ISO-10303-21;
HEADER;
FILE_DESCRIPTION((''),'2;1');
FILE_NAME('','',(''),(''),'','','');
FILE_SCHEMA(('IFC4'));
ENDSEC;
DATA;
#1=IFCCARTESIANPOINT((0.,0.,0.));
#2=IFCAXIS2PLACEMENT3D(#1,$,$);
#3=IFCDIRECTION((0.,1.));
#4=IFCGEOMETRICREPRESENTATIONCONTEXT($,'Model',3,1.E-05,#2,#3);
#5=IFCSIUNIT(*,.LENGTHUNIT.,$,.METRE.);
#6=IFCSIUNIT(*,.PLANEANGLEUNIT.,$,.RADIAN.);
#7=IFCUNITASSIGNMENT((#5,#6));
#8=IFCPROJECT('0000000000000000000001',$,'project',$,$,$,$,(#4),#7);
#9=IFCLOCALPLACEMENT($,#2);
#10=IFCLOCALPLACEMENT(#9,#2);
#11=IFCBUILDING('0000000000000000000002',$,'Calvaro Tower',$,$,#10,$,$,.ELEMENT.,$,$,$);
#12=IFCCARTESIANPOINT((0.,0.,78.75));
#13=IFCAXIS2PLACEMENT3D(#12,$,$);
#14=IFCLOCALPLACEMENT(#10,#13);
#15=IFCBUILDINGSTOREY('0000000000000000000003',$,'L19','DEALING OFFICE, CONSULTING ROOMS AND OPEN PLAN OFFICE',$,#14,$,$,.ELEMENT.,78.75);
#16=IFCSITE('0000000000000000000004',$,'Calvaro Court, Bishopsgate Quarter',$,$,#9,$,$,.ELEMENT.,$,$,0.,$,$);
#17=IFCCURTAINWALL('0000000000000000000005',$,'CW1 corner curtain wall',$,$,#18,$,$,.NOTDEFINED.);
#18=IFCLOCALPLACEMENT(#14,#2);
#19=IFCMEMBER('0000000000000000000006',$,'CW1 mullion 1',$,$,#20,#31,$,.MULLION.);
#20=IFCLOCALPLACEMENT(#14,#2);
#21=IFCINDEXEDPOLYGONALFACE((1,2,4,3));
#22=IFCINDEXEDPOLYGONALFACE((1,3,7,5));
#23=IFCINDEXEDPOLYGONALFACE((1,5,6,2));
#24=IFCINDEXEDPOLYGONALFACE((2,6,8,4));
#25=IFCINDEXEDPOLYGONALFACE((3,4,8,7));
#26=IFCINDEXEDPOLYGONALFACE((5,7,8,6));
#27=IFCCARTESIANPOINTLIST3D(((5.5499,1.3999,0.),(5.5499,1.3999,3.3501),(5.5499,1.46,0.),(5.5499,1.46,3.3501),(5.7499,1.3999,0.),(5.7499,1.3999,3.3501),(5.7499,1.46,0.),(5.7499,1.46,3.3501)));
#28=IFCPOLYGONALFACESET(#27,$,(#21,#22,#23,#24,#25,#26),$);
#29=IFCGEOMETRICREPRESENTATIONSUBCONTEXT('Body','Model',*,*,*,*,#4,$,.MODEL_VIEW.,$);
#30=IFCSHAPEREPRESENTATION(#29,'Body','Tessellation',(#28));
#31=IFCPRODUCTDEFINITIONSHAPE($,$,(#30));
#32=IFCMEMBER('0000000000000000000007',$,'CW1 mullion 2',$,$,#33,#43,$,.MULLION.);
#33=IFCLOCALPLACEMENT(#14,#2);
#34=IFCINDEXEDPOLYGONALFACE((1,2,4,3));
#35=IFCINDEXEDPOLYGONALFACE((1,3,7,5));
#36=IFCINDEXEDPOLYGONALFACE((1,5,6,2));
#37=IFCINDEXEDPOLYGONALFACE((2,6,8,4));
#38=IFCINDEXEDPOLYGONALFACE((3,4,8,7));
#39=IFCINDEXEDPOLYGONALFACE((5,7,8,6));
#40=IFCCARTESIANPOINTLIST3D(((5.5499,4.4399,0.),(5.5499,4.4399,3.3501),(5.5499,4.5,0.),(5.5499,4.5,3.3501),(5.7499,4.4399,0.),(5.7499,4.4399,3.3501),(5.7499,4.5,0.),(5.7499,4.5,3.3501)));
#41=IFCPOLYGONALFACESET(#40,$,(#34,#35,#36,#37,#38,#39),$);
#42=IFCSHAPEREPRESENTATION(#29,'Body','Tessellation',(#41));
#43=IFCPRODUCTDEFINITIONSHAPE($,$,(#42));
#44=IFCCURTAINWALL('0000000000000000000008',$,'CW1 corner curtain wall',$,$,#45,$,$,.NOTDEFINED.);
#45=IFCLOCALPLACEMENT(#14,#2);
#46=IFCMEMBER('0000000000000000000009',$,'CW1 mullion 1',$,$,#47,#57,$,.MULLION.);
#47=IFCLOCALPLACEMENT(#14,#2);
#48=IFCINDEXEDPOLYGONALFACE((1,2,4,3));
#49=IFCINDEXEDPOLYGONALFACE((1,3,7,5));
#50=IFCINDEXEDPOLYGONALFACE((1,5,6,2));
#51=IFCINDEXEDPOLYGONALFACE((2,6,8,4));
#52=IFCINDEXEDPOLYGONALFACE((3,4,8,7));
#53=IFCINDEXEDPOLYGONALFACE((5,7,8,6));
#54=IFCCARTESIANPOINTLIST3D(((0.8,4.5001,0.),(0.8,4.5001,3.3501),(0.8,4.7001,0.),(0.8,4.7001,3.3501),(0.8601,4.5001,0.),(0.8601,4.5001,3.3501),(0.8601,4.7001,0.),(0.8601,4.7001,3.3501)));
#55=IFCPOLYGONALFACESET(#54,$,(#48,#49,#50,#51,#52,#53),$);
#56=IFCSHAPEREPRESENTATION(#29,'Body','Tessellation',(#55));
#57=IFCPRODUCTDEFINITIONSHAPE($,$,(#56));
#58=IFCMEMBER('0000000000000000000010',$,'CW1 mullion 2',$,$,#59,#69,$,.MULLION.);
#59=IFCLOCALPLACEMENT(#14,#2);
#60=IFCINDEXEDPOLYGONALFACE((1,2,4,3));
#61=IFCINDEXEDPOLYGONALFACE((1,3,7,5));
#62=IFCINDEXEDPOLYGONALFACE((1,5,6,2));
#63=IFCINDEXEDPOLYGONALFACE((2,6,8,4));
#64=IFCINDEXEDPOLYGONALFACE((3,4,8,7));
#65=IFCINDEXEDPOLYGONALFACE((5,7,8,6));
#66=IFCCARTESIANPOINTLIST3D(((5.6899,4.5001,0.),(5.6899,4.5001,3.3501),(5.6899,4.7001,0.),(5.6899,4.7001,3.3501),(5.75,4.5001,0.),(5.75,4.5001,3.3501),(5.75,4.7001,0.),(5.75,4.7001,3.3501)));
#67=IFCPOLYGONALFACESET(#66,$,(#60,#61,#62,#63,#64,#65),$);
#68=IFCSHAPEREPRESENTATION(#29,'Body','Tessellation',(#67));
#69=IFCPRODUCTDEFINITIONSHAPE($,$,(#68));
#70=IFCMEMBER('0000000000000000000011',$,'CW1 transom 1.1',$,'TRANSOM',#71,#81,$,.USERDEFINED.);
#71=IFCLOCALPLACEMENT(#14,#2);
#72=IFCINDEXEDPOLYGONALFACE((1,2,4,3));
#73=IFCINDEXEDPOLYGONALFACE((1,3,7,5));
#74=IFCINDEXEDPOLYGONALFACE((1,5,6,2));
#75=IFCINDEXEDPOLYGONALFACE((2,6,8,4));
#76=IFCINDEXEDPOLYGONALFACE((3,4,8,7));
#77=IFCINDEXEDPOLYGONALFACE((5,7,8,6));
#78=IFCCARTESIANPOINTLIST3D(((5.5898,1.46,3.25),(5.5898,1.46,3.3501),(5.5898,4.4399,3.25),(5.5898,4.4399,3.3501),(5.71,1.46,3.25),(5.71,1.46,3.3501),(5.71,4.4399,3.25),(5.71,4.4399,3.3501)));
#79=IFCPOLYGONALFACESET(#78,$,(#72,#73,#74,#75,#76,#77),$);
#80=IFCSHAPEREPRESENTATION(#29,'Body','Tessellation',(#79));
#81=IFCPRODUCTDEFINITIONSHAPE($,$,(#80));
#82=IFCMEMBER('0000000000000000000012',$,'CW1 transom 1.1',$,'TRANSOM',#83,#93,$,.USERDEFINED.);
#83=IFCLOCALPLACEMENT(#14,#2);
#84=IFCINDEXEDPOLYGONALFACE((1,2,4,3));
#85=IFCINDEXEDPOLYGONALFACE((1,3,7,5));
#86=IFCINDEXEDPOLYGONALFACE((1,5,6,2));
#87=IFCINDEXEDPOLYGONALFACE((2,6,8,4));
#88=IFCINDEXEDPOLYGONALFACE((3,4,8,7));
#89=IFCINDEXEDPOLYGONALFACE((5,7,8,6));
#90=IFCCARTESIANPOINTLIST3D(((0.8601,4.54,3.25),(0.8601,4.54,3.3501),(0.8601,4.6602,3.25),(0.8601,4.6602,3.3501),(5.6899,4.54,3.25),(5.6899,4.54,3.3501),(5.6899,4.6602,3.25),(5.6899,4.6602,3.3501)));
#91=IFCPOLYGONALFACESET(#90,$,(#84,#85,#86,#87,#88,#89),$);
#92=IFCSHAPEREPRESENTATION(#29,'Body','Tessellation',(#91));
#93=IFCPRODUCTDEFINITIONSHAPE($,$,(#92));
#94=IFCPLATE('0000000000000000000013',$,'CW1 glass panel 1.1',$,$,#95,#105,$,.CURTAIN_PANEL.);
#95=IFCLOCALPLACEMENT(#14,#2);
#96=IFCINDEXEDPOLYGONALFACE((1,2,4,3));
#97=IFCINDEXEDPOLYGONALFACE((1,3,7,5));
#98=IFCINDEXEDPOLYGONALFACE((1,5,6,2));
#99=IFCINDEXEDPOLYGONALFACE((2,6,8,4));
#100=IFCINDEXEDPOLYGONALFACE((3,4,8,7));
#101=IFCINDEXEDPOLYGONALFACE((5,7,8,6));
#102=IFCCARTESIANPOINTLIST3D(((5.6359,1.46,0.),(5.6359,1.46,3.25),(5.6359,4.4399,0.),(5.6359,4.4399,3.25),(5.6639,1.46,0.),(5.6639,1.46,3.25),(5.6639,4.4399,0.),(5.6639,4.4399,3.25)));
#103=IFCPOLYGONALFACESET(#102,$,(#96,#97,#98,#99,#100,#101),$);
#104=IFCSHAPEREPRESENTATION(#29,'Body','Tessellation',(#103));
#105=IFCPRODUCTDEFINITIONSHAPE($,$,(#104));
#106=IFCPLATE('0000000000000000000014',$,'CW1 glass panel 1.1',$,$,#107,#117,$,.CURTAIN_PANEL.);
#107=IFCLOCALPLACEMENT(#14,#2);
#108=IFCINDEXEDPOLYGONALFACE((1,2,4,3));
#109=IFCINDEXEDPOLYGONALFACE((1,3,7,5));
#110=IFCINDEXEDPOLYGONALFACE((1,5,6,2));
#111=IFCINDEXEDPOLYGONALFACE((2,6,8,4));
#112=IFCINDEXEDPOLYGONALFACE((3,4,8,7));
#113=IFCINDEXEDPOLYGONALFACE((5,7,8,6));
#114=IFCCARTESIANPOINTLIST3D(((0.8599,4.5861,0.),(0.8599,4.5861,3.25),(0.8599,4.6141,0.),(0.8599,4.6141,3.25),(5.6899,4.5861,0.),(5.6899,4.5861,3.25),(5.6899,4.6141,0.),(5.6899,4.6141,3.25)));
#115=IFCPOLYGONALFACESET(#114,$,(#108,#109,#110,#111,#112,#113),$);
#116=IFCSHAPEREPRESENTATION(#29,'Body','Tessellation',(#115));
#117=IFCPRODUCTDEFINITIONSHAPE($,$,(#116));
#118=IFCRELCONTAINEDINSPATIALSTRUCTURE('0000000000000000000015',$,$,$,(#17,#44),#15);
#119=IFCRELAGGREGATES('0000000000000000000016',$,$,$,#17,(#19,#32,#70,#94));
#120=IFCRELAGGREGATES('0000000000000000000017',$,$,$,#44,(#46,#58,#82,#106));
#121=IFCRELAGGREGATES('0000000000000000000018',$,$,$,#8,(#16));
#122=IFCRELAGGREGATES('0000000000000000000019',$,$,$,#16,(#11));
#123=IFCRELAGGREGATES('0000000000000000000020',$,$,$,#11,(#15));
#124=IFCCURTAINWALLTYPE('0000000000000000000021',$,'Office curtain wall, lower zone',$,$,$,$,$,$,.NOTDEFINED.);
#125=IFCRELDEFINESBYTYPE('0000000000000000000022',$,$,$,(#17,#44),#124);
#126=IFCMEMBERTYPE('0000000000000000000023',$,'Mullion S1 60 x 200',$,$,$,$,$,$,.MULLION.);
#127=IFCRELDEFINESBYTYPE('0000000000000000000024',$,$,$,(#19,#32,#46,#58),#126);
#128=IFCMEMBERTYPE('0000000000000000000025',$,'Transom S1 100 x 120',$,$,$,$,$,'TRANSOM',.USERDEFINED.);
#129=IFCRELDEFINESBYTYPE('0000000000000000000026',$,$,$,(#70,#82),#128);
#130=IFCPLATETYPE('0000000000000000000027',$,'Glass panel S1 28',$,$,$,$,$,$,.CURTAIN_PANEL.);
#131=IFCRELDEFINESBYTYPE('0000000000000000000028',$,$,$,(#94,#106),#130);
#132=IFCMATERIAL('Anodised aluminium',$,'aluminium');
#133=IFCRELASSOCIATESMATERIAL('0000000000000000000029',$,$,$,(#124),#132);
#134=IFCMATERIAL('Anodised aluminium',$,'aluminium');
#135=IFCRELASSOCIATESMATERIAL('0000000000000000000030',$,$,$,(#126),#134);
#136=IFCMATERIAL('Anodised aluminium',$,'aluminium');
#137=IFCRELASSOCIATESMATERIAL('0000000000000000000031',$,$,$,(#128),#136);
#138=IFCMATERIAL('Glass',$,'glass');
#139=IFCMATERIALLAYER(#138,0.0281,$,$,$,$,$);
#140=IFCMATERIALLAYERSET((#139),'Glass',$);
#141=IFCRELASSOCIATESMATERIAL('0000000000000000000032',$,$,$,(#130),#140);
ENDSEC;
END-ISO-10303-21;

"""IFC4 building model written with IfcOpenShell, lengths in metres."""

from ifc_helpers import new_model, si_unit, direction, frame, origin, origin_2d, place, context, subcontext, project, spatial, rectangle, extrude, material, layer, layer_set, material_profile, profile_set, type_object, element, aggregate, save


model = new_model("IFC4")

# Units and contexts
model_context = context("Model", 3, precision=1e-05, world=origin(), true_north=direction((0.0, 1.0)))
body_context = subcontext(model_context, "Body", "Model", "MODEL_VIEW")
ifc_project = project(units=[si_unit("LENGTHUNIT", "METRE"), si_unit("PLANEANGLEUNIT", "RADIAN")], contexts=[model_context])

# Site, building, storey
site_placement = place(None, origin())
site = spatial("IfcSite", under=ifc_project, at=site_placement, Name="Calvaro Court, Bishopsgate Quarter", CompositionType="ELEMENT", RefElevation=0.0)
building_placement = place(site_placement, origin())
building = spatial("IfcBuilding", under=site, at=building_placement, Name="Calvaro Tower", CompositionType="ELEMENT")
storey_placement = place(building_placement, frame((0.0, 0.0, 78.75)))
storey = spatial("IfcBuildingStorey", under=building, at=storey_placement, Name="L19", Description="DEALING OFFICE, CONSULTING ROOMS AND OPEN PLAN OFFICE", CompositionType="ELEMENT", Elevation=78.75)

# Curtain walls, members
ifc_material_1 = material(Name="Anodised aluminium", Category="aluminium")
curtain_wall_type = type_object("IfcCurtainWallType", Name="Office curtain wall, lower zone", PredefinedType="NOTDEFINED", material=ifc_material_1)
curtain_wall_1_placement = place(storey_placement, origin())
curtain_wall_1 = element("IfcCurtainWall", 1, at=curtain_wall_1_placement, inside=storey, type_object=curtain_wall_type, Name="CW1 corner curtain wall", PredefinedType="NOTDEFINED")
ifc_material_2 = material(Name="Anodised aluminium", Category="aluminium")
ifc_material_profile_1 = material_profile(ifc_material_2, rectangle(XDim=0.2, YDim=0.0601, at=origin_2d()), Name="Mullion S1 60 x 200")
ifc_profile_set_1 = profile_set([ifc_material_profile_1], Name="Anodised aluminium")
member_type_1 = type_object("IfcMemberType", Name="Mullion S1 60 x 200", PredefinedType="MULLION", material=ifc_profile_set_1)
member_1_placement = place(storey_placement, frame((5.6499, 1.4299, 0.0), z_axis=(0.0, 0.0, 1.0), x_axis=(-1.0, 0.0, 0.0)))
member_1 = element("IfcMember", 2, at=member_1_placement, type_object=member_type_1, Name="CW1 mullion 1", PredefinedType="MULLION", context=body_context, shape_type="SweptSolid", body=[
    extrude(rectangle(XDim=0.2, YDim=0.0601, at=origin_2d()), origin(), (0.0, 0.0, 1.0), 3.3501),
])
member_2_placement = place(storey_placement, frame((5.6499, 4.47, 0.0), z_axis=(0.0, 0.0, 1.0), x_axis=(-1.0, 0.0, 0.0)))
member_2 = element("IfcMember", 3, at=member_2_placement, type_object=member_type_1, Name="CW1 mullion 2", PredefinedType="MULLION", context=body_context, shape_type="SweptSolid", body=[
    extrude(rectangle(XDim=0.2, YDim=0.0601, at=origin_2d()), origin(), (0.0, 0.0, 1.0), 3.3501),
])
curtain_wall_2_placement = place(storey_placement, origin())
curtain_wall_2 = element("IfcCurtainWall", 4, at=curtain_wall_2_placement, inside=storey, type_object=curtain_wall_type, Name="CW1 corner curtain wall", PredefinedType="NOTDEFINED")
member_3_placement = place(storey_placement, frame((0.8301, 4.6001, 0.0), z_axis=(0.0, 0.0, 1.0), x_axis=(0.0, 1.0, 0.0)))
member_3 = element("IfcMember", 5, at=member_3_placement, type_object=member_type_1, Name="CW1 mullion 1", PredefinedType="MULLION", context=body_context, shape_type="SweptSolid", body=[
    extrude(rectangle(XDim=0.2, YDim=0.0601, at=origin_2d()), origin(), (0.0, 0.0, 1.0), 3.3501),
])
member_4_placement = place(storey_placement, frame((5.72, 4.6001, 0.0), z_axis=(0.0, 0.0, 1.0), x_axis=(0.0, 1.0, 0.0)))
member_4 = element("IfcMember", 6, at=member_4_placement, type_object=member_type_1, Name="CW1 mullion 2", PredefinedType="MULLION", context=body_context, shape_type="SweptSolid", body=[
    extrude(rectangle(XDim=0.2, YDim=0.0601, at=origin_2d()), origin(), (0.0, 0.0, 1.0), 3.3501),
])

# Members
ifc_material_3 = material(Name="Anodised aluminium", Category="aluminium")
ifc_material_profile_2 = material_profile(ifc_material_3, rectangle(XDim=0.1201, YDim=0.1001, at=origin_2d()), Name="Transom S1 100 x 120")
ifc_profile_set_2 = profile_set([ifc_material_profile_2], Name="Anodised aluminium")
member_type_2 = type_object("IfcMemberType", Name="Transom S1 100 x 120", ElementType="TRANSOM", PredefinedType="USERDEFINED", material=ifc_profile_set_2)
member_5_placement = place(storey_placement, frame((5.6499, 1.46, 3.3), z_axis=(0.0, 1.0, 0.0), x_axis=(-1.0, 0.0, 0.0)))
member_5 = element("IfcMember", 7, at=member_5_placement, type_object=member_type_2, Name="CW1 transom 1.1", ObjectType="TRANSOM", PredefinedType="USERDEFINED", context=body_context, shape_type="SweptSolid", body=[
    extrude(rectangle(XDim=0.1201, YDim=0.1001, at=origin_2d()), origin(), (0.0, 0.0, 1.0), 2.98),
])
member_6_placement = place(storey_placement, frame((0.8601, 4.6001, 3.3), z_axis=(1.0, 0.0, 0.0), x_axis=(0.0, 1.0, 0.0)))
member_6 = element("IfcMember", 8, at=member_6_placement, type_object=member_type_2, Name="CW1 transom 1.1", ObjectType="TRANSOM", PredefinedType="USERDEFINED", context=body_context, shape_type="SweptSolid", body=[
    extrude(rectangle(XDim=0.1201, YDim=0.1001, at=origin_2d()), origin(), (0.0, 0.0, 1.0), 4.8298),
])

# Plates
ifc_material_4 = material(Name="Glass", Category="glass")
ifc_layer_1 = layer(ifc_material_4, 0.0281)
ifc_layer_set_1 = layer_set([ifc_layer_1], Name="Glass")
plate_type = type_object("IfcPlateType", Name="Glass panel S1 28", PredefinedType="CURTAIN_PANEL", material=ifc_layer_set_1)
plate_1_placement = place(storey_placement, frame((5.6499, 2.95, 0.0), z_axis=(0.0, 0.0, 1.0), x_axis=(0.0, 1.0, 0.0)))
plate_1 = element("IfcPlate", 9, at=plate_1_placement, type_object=plate_type, Name="CW1 glass panel 1.1", PredefinedType="CURTAIN_PANEL", context=body_context, shape_type="SweptSolid", body=[
    extrude(rectangle(XDim=2.98, YDim=0.0281, at=origin_2d()), origin(), (0.0, 0.0, 1.0), 3.25),
])
aggregate(curtain_wall_1, [member_1, member_2, member_5, plate_1])
plate_2_placement = place(storey_placement, frame((3.2749, 4.6001, 0.0), z_axis=(0.0, 0.0, 1.0), x_axis=(1.0, 0.0, 0.0)))
plate_2 = element("IfcPlate", 10, at=plate_2_placement, type_object=plate_type, Name="CW1 glass panel 1.1", PredefinedType="CURTAIN_PANEL", context=body_context, shape_type="SweptSolid", body=[
    extrude(rectangle(XDim=4.8301, YDim=0.0281, at=origin_2d()), origin(), (0.0, 0.0, 1.0), 3.25),
])
aggregate(curtain_wall_2, [member_3, member_4, member_6, plate_2])

save(model, "model.ifc")
